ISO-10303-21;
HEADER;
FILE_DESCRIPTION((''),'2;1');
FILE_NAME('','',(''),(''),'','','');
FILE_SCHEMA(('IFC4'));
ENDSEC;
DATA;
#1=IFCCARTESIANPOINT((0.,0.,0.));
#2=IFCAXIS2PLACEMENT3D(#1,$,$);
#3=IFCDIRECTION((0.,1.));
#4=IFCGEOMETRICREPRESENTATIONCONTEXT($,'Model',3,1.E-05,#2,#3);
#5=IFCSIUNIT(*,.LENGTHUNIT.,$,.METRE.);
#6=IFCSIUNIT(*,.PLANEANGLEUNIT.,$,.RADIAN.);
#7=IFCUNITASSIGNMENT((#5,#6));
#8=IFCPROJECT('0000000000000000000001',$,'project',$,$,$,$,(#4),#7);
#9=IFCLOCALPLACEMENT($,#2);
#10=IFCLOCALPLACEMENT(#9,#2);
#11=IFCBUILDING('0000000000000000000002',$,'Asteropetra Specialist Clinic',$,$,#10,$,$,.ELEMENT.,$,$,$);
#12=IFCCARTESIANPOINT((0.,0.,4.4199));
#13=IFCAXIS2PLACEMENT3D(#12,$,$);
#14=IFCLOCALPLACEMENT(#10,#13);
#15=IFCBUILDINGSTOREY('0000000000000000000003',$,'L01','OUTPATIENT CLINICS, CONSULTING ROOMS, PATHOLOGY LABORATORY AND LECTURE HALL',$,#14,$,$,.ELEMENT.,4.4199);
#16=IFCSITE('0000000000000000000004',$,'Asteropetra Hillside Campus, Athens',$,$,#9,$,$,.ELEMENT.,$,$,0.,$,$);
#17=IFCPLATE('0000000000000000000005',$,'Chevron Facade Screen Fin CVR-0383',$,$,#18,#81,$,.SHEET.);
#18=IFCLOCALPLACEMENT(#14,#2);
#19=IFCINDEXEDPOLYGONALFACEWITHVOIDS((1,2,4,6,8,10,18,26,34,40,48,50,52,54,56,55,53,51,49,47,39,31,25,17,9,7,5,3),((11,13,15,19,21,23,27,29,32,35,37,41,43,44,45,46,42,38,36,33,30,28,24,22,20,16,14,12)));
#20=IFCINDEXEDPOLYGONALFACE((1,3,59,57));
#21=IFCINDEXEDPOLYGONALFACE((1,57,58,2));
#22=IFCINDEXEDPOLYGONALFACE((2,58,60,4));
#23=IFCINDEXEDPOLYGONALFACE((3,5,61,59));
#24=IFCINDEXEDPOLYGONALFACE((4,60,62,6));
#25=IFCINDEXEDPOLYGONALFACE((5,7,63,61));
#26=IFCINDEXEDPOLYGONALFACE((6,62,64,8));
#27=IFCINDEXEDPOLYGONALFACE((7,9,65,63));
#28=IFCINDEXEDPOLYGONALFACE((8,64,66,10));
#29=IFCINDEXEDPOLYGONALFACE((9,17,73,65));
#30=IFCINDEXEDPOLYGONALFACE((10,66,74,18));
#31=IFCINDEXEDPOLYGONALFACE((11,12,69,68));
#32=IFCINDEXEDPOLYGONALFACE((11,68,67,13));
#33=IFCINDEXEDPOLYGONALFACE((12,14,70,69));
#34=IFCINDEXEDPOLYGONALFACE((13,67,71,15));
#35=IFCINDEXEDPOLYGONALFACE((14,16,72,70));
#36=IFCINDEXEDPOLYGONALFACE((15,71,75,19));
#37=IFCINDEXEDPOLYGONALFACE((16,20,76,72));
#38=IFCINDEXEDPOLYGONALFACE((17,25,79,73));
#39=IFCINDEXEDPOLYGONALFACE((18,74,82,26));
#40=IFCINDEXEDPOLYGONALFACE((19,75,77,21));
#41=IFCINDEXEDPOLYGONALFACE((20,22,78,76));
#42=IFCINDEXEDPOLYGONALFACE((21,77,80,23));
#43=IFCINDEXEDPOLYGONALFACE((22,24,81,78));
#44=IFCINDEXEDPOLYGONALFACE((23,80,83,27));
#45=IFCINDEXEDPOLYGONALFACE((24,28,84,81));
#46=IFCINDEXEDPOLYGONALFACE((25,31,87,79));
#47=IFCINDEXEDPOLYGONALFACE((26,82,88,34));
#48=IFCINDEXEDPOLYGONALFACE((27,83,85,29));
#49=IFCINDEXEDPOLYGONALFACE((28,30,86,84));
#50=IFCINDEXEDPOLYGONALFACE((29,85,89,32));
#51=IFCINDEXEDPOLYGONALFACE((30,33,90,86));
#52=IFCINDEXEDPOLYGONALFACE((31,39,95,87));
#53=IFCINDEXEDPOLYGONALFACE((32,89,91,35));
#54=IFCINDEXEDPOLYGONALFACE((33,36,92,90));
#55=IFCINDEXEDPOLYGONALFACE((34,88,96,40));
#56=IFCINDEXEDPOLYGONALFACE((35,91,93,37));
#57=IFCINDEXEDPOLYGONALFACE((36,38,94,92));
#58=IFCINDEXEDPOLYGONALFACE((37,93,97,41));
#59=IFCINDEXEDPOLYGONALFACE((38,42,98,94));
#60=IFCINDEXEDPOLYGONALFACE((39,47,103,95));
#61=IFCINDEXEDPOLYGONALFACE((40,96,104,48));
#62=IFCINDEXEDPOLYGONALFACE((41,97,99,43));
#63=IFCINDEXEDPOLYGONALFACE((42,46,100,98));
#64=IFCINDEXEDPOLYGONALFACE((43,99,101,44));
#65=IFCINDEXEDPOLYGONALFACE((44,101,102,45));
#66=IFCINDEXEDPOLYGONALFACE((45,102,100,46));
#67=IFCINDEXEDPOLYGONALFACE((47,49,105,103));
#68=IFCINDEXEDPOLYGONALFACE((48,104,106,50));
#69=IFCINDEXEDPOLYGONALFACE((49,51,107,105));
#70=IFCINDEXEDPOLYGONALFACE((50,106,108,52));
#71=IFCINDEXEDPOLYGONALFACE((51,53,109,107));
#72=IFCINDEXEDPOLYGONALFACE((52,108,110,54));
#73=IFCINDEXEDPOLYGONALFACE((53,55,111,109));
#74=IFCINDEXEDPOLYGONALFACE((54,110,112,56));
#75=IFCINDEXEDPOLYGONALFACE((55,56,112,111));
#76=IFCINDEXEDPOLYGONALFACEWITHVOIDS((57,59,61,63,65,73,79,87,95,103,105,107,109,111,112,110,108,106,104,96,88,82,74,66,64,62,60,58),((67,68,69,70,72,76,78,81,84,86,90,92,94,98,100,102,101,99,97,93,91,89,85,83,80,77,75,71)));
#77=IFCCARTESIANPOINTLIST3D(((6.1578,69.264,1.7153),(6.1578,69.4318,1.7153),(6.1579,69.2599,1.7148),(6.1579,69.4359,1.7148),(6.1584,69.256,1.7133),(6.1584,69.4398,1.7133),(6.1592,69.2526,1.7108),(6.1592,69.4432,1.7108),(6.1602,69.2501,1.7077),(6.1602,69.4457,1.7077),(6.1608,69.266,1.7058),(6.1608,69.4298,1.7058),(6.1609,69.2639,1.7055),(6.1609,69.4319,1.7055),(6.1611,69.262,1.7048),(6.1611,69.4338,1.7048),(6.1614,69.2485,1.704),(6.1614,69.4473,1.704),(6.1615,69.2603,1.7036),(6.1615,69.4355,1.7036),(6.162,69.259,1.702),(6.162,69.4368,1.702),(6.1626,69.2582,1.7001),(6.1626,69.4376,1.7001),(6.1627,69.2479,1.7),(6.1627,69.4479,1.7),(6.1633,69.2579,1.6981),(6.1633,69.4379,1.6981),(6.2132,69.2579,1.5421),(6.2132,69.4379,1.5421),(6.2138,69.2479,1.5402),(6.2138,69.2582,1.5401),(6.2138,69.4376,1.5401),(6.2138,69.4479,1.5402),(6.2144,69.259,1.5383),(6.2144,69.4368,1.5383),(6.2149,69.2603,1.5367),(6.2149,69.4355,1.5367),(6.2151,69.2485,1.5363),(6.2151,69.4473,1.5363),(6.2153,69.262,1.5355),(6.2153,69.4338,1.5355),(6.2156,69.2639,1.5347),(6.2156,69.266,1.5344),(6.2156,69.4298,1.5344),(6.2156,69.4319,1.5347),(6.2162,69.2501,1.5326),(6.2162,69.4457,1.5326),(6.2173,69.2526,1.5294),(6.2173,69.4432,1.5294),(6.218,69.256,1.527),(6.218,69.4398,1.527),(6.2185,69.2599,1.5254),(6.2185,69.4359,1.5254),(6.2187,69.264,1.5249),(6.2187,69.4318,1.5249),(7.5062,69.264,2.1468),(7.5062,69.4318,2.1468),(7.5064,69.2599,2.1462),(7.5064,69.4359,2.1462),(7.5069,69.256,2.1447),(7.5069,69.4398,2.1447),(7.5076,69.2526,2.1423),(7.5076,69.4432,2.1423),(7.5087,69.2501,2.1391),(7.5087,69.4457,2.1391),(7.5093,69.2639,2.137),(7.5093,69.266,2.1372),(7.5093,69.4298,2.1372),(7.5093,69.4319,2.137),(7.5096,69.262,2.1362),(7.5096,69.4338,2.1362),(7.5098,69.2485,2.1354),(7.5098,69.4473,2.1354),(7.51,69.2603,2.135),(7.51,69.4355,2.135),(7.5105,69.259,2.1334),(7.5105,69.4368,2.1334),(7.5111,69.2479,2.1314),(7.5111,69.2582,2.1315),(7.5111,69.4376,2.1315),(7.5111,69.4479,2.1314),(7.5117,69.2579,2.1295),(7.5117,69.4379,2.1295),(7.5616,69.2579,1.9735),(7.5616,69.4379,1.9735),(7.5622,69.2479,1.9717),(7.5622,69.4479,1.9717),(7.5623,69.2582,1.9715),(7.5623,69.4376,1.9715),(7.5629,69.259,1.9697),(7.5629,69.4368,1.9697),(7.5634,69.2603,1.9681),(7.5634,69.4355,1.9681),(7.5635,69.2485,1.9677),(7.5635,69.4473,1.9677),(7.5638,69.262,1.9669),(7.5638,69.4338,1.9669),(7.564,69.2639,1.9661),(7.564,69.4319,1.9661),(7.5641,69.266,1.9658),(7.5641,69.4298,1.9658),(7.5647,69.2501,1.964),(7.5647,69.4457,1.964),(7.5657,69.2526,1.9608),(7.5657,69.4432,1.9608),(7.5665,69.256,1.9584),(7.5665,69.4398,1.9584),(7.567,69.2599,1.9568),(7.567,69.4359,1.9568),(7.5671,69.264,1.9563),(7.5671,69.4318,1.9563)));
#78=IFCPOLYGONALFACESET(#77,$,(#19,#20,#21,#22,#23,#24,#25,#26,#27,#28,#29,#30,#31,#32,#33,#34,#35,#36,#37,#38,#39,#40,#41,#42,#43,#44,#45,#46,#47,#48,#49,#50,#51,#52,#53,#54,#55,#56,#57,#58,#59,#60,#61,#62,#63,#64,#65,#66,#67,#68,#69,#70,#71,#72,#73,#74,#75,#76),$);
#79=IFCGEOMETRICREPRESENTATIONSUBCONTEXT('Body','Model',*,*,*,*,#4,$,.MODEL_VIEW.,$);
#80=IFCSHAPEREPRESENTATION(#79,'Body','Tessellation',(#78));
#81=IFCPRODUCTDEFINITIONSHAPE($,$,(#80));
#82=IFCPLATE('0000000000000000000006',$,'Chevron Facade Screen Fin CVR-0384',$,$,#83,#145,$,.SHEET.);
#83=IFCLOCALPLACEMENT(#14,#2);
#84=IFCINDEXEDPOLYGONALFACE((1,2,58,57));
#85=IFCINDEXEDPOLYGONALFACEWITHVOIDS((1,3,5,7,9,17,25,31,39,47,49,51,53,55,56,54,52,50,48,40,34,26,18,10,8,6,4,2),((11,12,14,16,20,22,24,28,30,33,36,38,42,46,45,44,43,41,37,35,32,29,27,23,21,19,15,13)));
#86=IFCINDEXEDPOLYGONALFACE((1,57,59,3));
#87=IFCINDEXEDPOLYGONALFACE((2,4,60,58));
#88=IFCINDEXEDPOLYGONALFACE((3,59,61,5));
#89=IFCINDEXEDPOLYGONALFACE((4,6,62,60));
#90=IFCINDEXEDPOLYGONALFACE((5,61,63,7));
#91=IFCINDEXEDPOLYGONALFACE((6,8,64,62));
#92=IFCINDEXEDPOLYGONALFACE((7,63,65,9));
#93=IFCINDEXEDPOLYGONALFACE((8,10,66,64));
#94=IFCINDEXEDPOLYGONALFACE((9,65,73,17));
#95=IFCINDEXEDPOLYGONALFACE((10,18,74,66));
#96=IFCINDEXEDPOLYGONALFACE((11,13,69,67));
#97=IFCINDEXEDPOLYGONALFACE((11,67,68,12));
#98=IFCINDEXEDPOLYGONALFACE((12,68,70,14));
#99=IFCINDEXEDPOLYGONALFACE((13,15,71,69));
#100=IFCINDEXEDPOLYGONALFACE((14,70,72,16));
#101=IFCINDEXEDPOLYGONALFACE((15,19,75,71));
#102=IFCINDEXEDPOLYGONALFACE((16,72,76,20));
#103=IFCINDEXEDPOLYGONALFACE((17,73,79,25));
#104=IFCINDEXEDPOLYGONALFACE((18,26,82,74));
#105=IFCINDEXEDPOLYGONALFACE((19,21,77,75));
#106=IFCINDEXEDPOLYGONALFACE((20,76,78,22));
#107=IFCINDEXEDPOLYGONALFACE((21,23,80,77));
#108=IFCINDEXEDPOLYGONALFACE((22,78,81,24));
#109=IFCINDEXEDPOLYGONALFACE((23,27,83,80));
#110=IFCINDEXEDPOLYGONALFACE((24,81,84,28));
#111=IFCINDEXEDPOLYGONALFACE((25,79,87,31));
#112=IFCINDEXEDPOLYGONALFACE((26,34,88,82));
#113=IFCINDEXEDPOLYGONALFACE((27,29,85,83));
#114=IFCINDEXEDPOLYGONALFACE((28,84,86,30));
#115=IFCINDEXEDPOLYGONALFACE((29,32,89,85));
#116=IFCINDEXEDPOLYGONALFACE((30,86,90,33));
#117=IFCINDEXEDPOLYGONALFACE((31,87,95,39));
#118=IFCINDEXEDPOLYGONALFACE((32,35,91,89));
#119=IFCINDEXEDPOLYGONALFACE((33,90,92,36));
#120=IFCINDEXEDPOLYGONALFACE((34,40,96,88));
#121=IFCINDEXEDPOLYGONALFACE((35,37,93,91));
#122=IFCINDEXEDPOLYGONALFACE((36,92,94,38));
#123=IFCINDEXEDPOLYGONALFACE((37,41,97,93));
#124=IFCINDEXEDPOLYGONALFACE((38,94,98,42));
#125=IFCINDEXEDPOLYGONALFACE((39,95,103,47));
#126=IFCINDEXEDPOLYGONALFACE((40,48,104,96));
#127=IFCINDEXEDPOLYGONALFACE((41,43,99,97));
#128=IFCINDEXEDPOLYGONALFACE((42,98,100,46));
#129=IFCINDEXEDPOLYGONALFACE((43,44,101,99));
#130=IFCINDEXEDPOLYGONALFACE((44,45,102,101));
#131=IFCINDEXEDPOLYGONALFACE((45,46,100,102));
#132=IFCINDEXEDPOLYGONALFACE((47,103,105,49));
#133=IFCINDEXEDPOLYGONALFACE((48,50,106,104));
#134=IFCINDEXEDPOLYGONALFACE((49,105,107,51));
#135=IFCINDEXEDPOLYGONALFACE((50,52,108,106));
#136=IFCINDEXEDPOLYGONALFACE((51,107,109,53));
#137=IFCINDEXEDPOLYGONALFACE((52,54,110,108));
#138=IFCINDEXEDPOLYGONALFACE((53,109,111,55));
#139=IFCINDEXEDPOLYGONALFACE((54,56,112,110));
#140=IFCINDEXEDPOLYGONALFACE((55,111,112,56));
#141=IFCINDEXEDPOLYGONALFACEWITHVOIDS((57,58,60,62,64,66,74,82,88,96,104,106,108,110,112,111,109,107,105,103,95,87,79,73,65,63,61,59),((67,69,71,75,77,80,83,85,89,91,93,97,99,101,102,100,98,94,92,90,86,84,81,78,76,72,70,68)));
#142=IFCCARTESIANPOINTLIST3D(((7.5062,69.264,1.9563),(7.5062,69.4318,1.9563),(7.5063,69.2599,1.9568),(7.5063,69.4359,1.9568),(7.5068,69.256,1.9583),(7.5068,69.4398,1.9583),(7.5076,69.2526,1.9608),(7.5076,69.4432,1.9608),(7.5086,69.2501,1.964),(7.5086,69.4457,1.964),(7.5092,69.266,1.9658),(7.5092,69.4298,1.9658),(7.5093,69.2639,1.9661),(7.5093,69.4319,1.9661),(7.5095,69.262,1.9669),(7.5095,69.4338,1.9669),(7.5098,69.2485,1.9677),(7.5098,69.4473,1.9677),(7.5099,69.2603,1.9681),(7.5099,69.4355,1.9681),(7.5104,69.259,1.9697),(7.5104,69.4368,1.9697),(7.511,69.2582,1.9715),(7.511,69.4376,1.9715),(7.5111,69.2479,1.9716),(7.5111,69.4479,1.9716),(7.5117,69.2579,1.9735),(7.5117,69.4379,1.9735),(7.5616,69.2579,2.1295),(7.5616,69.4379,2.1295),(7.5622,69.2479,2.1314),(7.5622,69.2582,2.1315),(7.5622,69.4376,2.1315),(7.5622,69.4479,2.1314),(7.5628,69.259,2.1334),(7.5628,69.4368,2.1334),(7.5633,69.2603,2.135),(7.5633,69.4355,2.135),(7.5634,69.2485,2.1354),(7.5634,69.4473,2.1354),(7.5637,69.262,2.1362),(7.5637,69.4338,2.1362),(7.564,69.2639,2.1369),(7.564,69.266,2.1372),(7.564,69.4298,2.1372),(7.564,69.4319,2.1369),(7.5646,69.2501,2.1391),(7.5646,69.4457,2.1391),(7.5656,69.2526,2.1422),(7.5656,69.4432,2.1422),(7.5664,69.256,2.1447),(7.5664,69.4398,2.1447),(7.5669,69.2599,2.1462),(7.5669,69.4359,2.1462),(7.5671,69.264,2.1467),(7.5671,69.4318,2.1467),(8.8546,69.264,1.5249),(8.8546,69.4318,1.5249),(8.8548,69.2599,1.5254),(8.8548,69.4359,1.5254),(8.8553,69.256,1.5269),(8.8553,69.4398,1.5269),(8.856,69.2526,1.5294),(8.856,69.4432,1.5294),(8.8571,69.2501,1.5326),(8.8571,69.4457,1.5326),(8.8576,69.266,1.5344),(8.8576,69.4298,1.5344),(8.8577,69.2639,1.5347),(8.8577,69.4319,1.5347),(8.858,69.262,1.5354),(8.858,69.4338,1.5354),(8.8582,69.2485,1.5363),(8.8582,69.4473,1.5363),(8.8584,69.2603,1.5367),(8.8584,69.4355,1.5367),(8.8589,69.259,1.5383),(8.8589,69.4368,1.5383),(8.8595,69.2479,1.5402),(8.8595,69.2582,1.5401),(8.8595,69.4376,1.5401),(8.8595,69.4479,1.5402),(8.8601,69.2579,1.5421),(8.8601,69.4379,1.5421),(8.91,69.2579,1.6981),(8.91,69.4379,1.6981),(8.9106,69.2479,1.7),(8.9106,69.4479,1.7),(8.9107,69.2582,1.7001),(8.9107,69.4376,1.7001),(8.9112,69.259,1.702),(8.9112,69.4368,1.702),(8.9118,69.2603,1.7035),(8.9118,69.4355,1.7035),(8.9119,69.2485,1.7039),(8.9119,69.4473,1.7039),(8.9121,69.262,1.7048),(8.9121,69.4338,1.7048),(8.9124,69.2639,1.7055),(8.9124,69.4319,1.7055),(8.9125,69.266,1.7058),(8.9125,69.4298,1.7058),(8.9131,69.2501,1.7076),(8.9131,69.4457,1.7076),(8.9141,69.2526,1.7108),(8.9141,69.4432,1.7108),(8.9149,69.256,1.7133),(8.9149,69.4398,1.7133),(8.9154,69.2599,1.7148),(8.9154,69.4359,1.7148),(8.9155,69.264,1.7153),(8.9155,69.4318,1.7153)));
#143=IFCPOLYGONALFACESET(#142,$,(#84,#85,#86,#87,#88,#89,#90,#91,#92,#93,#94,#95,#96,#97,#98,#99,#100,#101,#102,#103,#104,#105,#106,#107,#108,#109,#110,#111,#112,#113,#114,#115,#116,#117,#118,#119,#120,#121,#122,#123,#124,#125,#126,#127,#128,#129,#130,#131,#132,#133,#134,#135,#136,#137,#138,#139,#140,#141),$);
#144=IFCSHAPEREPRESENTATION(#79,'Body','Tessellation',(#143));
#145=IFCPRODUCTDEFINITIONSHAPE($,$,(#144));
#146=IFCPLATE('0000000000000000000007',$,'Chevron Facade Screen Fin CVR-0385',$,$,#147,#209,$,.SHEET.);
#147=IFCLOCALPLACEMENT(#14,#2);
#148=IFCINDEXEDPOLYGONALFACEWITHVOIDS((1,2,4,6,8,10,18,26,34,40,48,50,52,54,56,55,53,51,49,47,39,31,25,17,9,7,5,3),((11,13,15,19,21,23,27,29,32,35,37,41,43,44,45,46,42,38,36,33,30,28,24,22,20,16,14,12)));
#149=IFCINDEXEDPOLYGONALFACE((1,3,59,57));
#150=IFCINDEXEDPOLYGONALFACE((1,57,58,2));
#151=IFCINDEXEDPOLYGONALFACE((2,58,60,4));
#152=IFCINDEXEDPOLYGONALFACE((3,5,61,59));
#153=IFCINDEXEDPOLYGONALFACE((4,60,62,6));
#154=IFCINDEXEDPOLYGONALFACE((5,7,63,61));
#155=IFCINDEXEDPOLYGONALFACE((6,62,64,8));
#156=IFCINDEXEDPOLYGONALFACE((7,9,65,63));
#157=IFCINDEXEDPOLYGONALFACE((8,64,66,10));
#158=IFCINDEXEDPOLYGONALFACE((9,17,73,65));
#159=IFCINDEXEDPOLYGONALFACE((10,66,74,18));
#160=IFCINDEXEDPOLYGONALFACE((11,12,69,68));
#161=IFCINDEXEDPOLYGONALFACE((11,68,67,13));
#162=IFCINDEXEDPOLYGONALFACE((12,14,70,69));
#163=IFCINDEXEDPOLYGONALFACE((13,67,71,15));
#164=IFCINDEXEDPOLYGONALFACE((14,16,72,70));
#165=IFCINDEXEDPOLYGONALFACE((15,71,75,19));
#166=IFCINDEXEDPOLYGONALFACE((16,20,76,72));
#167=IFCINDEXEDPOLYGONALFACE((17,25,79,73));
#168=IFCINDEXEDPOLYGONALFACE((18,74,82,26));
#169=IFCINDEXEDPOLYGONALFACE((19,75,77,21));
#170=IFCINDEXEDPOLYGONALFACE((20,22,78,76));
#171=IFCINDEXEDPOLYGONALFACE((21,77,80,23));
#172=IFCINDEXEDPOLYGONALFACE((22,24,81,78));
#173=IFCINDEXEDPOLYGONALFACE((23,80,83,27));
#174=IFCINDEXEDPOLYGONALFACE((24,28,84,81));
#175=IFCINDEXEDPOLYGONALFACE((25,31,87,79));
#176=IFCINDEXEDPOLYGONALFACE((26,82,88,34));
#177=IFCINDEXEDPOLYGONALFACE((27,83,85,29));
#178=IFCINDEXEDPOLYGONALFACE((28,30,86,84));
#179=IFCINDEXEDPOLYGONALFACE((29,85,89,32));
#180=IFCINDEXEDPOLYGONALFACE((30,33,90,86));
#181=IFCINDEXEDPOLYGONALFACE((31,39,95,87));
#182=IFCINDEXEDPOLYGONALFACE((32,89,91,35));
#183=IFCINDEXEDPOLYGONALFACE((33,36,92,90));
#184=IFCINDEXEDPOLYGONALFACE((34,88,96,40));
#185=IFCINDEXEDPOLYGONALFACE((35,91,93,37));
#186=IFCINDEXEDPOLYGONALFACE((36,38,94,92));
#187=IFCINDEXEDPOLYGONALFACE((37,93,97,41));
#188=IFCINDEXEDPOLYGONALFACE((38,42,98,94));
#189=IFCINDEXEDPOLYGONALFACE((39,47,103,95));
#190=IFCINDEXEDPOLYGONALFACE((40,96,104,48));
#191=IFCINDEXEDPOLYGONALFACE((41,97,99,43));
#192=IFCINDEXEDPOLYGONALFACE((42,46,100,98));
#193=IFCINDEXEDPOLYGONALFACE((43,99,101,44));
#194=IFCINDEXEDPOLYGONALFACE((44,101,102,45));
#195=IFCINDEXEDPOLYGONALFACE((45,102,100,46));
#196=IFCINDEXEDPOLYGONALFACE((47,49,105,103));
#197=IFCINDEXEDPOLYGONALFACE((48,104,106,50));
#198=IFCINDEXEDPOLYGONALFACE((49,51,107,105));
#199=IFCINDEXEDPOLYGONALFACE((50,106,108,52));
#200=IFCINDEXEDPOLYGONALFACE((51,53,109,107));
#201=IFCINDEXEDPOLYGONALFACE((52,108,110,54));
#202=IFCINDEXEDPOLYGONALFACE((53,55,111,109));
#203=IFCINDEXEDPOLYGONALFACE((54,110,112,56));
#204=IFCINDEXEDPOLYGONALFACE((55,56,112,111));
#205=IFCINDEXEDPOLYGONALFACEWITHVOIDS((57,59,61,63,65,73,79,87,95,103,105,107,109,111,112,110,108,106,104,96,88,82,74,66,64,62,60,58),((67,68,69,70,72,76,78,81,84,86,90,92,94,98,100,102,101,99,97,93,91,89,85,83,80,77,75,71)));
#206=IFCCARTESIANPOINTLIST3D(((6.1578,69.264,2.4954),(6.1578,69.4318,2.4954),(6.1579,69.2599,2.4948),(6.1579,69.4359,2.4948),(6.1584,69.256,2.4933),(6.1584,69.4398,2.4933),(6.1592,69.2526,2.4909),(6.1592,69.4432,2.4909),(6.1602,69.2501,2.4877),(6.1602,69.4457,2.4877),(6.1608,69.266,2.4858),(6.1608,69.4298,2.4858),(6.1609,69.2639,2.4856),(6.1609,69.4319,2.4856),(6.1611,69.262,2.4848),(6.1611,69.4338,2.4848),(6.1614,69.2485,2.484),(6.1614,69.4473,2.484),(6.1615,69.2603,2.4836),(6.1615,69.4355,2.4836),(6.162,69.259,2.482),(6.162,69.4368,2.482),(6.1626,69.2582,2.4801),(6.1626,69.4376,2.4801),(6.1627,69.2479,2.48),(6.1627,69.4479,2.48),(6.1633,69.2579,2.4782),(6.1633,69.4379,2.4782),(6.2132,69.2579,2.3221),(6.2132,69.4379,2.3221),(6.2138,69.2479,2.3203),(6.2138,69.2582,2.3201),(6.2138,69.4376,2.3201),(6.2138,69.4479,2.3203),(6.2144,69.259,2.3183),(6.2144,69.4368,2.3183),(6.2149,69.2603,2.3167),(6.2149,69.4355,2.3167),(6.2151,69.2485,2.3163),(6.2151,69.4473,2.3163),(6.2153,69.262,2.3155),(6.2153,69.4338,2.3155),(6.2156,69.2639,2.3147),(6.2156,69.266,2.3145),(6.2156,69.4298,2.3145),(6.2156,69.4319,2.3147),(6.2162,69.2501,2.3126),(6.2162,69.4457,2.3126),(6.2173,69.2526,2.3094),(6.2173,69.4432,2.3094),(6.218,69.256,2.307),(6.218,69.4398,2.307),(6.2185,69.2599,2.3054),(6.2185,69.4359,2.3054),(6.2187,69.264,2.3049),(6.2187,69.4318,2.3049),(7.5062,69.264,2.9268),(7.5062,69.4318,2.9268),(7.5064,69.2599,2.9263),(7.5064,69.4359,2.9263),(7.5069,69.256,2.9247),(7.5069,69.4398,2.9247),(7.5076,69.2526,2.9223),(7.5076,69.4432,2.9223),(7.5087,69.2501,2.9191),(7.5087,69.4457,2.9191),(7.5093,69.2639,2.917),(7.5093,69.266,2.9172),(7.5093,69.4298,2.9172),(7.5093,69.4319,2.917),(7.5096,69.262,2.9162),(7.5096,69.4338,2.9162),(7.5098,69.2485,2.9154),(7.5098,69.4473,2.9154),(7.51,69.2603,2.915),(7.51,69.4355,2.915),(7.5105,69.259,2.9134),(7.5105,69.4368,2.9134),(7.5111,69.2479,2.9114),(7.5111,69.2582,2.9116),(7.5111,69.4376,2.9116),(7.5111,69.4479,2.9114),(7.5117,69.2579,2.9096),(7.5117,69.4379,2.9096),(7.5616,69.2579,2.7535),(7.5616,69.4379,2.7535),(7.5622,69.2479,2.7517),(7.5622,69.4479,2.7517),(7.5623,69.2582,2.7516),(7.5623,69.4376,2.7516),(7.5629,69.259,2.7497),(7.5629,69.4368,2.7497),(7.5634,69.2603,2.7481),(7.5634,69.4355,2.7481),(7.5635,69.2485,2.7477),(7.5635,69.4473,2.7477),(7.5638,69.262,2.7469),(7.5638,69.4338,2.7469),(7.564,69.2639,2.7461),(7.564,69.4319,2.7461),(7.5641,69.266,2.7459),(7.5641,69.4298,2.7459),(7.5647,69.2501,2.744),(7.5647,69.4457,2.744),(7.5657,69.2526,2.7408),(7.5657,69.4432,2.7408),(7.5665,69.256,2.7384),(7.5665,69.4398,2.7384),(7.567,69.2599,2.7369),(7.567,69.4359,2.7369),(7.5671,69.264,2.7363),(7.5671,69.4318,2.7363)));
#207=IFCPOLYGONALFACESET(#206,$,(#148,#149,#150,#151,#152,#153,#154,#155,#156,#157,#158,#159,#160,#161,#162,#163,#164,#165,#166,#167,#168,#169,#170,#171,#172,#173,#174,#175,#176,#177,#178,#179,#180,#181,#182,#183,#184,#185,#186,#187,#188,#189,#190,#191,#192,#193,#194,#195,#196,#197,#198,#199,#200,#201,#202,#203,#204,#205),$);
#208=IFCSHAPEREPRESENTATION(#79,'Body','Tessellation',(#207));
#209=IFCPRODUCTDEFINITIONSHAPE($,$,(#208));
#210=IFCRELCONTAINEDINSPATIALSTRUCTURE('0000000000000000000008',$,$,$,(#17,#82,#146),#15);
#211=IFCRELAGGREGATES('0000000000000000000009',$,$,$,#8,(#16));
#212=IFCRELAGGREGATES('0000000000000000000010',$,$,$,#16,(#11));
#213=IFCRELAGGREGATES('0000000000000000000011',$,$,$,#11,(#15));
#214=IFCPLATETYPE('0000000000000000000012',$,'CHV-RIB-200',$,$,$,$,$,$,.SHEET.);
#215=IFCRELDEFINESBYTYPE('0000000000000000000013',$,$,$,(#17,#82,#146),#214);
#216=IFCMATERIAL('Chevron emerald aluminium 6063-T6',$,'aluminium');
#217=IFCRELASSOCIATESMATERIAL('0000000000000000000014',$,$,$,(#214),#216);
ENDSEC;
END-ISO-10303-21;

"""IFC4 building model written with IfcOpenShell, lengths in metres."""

from ifc_helpers import new_model, si_unit, direction, frame, origin, origin_2d, place, context, subcontext, project, spatial, hollow_rectangle, extrude, material, material_profile, profile_set, type_object, element, save


model = new_model("IFC4")

# Units and contexts
model_context = context("Model", 3, precision=1e-05, world=origin(), true_north=direction((0.0, 1.0)))
body_context = subcontext(model_context, "Body", "Model", "MODEL_VIEW")
ifc_project = project(units=[si_unit("LENGTHUNIT", "METRE"), si_unit("PLANEANGLEUNIT", "RADIAN")], contexts=[model_context])

# Site, building, storey
site_placement = place(None, origin())
site = spatial("IfcSite", under=ifc_project, at=site_placement, Name="Asteropetra Hillside Campus, Athens", CompositionType="ELEMENT", RefElevation=0.0)
building_placement = place(site_placement, origin())
building = spatial("IfcBuilding", under=site, at=building_placement, Name="Asteropetra Specialist Clinic", CompositionType="ELEMENT")
storey_placement = place(building_placement, frame((0.0, 0.0, 4.4199)))
storey = spatial("IfcBuildingStorey", under=building, at=storey_placement, Name="L01", Description="OUTPATIENT CLINICS, CONSULTING ROOMS, PATHOLOGY LABORATORY AND LECTURE HALL", CompositionType="ELEMENT", Elevation=4.4199)

# Plates
ifc_material_1 = material(Name="Chevron emerald aluminium 6063-T6", Category="aluminium")
ifc_material_profile_1 = material_profile(ifc_material_1, hollow_rectangle(XDim=0.2, YDim=0.2, WallThickness=0.01, InnerFilletRadius=0.0081, OuterFilletRadius=0.0161, at=origin_2d()), Name="SHS 200x200x10.0")
ifc_profile_set_1 = profile_set([ifc_material_profile_1], Name="Chevron emerald aluminium 6063-T6")
plate_type_1 = type_object("IfcPlateType", Name="CHV-RIB-200", PredefinedType="SHEET", material=ifc_profile_set_1)
for number, where, z_axis, x_axis, name in (
    (1, (6.1882, 69.3479, 1.6201), (0.952442, 0.0, 0.304719), (0.0, 1.0, 0.0), "Chevron Facade Screen Fin CVR-0383"),
    (2, (7.5366, 69.3479, 2.0515), (0.952442, 0.0, -0.304719), (0.0, 1.0, 0.0), "Chevron Facade Screen Fin CVR-0384"),
    (3, (6.1882, 69.3479, 2.4001), (0.952442, 0.0, 0.304719), (0.0, 1.0, 0.0), "Chevron Facade Screen Fin CVR-0385"),
):
    element("IfcPlate", number, at=place(storey_placement, frame(where, z_axis=z_axis, x_axis=x_axis)), inside=storey, type_object=plate_type_1, Name=name, PredefinedType="SHEET", context=body_context, shape_type="SweptSolid", body=[
        extrude(hollow_rectangle(XDim=0.2, YDim=0.2, WallThickness=0.01, InnerFilletRadius=0.0081, OuterFilletRadius=0.0161, at=origin_2d()), origin(), (0.0, 0.0, 1.0), 1.4158),
    ])

save(model, "model.ifc")
